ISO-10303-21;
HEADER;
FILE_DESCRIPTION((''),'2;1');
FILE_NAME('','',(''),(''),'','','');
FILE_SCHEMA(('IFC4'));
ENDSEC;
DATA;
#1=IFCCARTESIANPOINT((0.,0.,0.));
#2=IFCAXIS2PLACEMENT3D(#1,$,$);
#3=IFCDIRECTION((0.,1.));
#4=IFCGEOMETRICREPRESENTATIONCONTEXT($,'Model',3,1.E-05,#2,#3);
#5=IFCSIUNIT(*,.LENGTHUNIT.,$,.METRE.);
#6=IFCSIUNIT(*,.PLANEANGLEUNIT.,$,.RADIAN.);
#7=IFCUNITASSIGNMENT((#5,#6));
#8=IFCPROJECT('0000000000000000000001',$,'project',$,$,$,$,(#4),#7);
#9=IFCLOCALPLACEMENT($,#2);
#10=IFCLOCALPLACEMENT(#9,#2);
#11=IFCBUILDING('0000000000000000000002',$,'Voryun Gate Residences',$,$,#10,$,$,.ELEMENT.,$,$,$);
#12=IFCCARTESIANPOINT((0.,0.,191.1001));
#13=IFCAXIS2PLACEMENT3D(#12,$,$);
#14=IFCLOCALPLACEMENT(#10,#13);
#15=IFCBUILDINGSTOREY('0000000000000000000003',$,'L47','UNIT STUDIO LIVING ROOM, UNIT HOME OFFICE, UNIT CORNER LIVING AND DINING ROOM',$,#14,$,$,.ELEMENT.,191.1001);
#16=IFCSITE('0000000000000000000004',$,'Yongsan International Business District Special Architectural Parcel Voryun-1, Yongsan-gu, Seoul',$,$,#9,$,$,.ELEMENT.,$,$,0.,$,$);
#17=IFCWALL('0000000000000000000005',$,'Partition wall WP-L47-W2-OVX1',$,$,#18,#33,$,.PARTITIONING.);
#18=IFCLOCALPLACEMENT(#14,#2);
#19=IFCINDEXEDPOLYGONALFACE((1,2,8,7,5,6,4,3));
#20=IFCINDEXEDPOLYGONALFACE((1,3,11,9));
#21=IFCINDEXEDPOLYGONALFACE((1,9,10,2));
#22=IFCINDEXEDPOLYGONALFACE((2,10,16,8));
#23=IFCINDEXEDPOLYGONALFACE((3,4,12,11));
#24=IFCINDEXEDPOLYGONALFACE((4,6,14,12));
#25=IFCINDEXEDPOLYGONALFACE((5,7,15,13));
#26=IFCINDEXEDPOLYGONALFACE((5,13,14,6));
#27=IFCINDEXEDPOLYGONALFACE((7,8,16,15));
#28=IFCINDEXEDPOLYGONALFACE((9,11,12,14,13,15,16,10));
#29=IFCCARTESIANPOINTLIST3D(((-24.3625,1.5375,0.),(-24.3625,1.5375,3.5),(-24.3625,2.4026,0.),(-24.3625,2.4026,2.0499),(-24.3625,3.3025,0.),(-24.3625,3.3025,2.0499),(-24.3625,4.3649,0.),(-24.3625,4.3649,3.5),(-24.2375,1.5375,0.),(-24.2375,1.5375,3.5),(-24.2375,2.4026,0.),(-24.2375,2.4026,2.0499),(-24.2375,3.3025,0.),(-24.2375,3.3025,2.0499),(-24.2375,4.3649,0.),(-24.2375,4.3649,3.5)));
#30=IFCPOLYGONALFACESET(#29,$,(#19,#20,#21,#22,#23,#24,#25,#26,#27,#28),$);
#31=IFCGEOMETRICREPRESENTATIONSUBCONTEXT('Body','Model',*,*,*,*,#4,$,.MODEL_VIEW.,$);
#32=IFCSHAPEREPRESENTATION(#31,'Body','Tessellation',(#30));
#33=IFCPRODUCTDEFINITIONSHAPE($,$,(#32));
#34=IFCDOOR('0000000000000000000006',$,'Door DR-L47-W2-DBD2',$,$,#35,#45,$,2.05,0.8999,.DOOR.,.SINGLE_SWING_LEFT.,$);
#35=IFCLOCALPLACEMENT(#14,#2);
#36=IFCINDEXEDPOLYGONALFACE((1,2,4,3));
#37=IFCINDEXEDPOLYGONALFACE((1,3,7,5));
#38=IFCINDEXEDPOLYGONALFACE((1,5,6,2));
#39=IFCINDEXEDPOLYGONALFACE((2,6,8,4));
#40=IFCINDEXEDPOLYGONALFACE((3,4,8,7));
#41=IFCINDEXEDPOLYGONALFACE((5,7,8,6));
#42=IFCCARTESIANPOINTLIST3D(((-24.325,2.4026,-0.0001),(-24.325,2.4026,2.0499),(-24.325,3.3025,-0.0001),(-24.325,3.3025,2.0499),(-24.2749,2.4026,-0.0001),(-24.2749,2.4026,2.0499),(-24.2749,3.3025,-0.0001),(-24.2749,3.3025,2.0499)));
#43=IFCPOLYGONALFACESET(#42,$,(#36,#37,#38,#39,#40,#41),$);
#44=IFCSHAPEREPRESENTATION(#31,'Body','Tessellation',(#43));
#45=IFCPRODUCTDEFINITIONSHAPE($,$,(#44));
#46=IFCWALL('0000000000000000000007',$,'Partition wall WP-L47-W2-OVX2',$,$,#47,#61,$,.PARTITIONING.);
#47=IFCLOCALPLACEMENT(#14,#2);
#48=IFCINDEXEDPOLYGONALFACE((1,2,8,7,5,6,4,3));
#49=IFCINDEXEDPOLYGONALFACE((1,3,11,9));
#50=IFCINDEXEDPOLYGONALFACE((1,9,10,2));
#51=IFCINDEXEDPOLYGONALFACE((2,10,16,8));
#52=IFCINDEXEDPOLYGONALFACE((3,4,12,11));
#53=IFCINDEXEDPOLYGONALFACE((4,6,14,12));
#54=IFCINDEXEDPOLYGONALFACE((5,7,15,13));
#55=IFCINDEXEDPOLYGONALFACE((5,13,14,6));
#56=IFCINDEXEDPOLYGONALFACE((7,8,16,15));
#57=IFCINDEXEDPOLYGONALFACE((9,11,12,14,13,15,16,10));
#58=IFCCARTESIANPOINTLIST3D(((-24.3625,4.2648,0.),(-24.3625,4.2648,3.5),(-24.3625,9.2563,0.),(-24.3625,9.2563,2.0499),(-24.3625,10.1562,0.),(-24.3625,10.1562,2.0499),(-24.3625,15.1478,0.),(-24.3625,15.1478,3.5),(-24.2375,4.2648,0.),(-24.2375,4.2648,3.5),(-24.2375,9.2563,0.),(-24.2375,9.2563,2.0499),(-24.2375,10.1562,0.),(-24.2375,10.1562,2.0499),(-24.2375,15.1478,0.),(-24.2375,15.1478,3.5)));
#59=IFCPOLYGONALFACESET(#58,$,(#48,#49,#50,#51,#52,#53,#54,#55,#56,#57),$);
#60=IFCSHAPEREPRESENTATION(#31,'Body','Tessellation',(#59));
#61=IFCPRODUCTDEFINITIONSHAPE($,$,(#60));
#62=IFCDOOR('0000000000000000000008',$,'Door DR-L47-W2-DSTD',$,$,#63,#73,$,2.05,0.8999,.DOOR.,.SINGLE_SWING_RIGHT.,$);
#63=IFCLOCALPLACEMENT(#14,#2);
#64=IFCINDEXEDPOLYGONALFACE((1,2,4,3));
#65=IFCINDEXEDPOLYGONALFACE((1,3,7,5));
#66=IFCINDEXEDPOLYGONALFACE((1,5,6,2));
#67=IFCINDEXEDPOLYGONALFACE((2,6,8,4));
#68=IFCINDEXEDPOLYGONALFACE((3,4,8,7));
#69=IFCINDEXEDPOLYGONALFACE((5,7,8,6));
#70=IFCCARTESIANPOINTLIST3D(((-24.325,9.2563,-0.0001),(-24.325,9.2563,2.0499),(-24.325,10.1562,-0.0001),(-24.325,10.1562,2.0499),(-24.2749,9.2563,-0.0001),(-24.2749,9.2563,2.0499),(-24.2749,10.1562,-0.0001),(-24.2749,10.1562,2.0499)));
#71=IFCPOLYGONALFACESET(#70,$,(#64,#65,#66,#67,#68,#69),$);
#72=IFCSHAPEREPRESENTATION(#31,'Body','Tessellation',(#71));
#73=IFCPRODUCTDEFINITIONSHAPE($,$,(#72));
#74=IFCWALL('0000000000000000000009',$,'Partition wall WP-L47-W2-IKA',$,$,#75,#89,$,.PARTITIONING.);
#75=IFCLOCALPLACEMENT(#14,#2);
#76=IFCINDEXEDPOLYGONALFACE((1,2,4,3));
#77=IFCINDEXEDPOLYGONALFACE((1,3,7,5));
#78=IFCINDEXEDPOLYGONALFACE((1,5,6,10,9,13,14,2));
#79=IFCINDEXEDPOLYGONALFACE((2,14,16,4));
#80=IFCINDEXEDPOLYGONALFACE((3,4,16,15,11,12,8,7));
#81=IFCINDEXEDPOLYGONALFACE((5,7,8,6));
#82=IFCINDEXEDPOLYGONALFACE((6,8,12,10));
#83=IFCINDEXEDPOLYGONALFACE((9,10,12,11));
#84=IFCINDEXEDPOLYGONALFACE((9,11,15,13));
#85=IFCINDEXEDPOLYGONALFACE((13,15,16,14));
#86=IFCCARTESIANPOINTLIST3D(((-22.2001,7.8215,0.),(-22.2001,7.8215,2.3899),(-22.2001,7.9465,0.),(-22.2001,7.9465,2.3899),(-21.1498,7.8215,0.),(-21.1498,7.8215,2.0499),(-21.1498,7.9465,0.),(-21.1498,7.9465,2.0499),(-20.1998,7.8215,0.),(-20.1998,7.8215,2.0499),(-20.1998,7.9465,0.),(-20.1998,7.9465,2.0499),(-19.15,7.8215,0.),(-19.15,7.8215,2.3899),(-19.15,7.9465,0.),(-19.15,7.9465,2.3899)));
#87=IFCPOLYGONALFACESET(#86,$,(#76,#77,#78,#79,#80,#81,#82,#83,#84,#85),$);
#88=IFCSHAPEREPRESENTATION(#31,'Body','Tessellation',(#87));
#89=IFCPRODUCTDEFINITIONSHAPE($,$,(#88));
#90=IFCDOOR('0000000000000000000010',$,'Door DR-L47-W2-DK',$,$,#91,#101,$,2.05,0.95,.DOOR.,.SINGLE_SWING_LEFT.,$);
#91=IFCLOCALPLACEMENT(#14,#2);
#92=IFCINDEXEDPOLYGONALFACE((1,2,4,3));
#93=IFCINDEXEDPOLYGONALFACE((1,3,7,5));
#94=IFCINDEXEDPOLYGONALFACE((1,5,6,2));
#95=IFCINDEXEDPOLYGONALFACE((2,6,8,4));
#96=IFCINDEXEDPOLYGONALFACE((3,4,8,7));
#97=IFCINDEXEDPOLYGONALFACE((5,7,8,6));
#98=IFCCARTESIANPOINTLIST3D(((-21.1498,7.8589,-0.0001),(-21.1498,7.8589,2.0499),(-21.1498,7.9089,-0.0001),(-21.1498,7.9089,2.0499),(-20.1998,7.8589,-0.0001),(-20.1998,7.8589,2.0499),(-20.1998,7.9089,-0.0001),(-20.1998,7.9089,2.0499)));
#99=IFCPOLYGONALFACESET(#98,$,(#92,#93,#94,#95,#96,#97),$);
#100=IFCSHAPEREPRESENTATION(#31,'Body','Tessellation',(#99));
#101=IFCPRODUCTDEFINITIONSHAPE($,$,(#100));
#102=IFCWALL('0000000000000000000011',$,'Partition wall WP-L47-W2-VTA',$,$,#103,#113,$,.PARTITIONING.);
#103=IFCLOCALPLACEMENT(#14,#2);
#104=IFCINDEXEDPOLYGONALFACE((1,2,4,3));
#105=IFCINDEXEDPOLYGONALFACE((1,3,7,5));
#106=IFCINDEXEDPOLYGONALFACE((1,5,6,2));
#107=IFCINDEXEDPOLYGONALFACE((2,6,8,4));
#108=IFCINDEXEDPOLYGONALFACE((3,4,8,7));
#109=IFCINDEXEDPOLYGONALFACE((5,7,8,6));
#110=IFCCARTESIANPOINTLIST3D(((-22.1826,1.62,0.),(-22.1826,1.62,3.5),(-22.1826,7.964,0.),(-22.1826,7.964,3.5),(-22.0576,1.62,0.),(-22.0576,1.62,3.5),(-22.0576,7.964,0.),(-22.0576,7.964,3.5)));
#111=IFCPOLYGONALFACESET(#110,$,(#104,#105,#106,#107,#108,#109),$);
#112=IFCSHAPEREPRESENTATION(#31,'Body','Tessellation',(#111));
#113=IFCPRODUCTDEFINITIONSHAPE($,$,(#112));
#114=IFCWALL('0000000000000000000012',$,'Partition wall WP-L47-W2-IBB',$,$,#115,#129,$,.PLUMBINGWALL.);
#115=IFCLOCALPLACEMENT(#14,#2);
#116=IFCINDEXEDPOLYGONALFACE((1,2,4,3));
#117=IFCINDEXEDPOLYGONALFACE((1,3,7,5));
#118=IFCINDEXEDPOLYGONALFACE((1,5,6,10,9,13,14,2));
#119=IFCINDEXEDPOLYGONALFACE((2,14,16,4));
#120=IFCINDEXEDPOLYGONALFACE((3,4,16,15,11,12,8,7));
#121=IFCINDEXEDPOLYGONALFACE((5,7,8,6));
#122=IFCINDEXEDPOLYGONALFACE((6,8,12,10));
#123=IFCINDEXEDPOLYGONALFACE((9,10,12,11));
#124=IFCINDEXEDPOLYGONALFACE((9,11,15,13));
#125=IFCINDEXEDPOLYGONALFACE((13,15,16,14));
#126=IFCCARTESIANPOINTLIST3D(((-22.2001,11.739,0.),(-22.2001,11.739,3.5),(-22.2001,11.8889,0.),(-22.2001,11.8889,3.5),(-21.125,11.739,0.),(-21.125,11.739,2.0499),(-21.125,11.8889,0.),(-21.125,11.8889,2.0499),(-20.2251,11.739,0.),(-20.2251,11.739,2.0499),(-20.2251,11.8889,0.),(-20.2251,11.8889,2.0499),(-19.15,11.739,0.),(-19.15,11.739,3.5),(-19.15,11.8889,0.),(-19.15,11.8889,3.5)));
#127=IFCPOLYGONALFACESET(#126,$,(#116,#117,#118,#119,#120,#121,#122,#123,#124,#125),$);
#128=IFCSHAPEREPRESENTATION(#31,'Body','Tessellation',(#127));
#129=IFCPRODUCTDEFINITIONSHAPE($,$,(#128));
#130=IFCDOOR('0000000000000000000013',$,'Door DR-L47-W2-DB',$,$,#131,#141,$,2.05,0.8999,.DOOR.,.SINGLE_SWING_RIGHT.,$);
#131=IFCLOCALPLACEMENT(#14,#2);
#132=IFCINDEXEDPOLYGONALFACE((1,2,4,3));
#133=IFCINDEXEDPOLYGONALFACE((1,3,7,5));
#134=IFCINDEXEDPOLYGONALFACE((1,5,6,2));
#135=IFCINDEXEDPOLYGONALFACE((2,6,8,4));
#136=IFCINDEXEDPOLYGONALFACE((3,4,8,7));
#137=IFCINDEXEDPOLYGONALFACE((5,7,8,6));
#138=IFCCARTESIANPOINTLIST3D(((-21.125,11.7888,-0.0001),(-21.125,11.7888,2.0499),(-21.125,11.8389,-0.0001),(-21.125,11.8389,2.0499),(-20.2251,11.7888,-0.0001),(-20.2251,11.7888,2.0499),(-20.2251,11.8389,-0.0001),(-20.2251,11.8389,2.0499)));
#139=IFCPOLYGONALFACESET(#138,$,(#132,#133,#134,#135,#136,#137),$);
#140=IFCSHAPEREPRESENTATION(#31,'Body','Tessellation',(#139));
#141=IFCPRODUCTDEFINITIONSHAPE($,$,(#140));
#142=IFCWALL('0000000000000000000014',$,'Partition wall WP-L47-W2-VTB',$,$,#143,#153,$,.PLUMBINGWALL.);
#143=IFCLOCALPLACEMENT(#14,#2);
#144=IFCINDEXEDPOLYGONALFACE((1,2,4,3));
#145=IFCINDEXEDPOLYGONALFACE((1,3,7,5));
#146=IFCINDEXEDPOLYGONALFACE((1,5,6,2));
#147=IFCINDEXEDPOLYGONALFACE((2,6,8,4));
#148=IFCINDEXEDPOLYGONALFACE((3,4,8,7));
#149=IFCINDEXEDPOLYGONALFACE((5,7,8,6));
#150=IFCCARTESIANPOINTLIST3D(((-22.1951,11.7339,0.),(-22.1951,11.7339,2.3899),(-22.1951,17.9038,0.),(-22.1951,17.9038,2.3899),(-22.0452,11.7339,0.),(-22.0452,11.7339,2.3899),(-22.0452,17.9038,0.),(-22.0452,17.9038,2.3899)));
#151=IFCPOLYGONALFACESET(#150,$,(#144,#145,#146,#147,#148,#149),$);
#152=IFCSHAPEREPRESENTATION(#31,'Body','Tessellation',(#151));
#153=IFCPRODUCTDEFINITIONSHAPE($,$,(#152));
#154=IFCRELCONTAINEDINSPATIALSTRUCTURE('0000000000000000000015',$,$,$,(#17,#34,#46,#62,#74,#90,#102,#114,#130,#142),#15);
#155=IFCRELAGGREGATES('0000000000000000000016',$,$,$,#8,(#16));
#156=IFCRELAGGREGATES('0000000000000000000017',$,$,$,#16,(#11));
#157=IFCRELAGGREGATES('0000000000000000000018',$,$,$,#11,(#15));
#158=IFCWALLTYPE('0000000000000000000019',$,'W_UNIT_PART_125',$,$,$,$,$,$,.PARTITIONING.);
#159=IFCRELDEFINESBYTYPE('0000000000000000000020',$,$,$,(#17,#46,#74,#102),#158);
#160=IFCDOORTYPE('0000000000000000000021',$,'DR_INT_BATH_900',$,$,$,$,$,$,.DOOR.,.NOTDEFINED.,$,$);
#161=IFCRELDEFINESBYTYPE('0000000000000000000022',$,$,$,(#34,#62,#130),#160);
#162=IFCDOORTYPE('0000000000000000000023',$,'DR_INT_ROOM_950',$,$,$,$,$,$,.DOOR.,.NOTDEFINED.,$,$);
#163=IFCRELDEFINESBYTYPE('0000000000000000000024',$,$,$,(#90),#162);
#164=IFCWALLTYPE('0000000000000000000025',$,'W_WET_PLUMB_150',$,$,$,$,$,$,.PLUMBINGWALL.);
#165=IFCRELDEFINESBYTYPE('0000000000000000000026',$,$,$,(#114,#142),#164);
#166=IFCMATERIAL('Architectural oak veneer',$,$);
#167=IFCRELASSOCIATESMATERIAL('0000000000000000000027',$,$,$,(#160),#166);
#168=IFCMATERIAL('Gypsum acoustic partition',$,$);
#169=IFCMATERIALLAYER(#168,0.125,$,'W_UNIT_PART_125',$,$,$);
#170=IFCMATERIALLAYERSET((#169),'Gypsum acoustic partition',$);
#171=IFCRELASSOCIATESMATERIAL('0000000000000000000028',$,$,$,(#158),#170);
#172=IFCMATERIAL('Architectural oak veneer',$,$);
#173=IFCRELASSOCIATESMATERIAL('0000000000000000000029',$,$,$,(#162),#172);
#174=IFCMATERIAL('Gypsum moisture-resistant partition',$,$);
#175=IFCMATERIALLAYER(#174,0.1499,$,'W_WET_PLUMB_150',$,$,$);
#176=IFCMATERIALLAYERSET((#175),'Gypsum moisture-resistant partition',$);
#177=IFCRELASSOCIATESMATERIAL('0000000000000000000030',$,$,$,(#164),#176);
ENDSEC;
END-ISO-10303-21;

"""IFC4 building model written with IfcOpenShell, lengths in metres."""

from ifc_helpers import new_model, si_unit, direction, frame, frame_2d, origin, place, context, subcontext, project, spatial, rectangle, extrude, material, layer, layer_set, type_object, element, fill, save


model = new_model("IFC4")

# Units and contexts
model_context = context("Model", 3, precision=1e-05, world=origin(), true_north=direction((0.0, 1.0)))
body_context = subcontext(model_context, "Body", "Model", "MODEL_VIEW")
ifc_project = project(units=[si_unit("LENGTHUNIT", "METRE"), si_unit("PLANEANGLEUNIT", "RADIAN")], contexts=[model_context])

# Site, building, storey
site_placement = place(None, origin())
site = spatial("IfcSite", under=ifc_project, at=site_placement, Name="Yongsan International Business District Special Architectural Parcel Voryun-1, Yongsan-gu, Seoul", CompositionType="ELEMENT", RefElevation=0.0)
building_placement = place(site_placement, origin())
building = spatial("IfcBuilding", under=site, at=building_placement, Name="Voryun Gate Residences", CompositionType="ELEMENT")
storey_placement = place(building_placement, frame((0.0, 0.0, 191.1001)))
storey = spatial("IfcBuildingStorey", under=building, at=storey_placement, Name="L47", Description="UNIT STUDIO LIVING ROOM, UNIT HOME OFFICE, UNIT CORNER LIVING AND DINING ROOM", CompositionType="ELEMENT", Elevation=191.1001)

# Shared definitions
ifc_material_1 = material(Name="Architectural oak veneer")
door_type_1 = type_object("IfcDoorType", Name="DR_INT_BATH_900", OperationType="NOTDEFINED", PredefinedType="DOOR", material=ifc_material_1)

# Shared definitions
ifc_material_2 = material(Name="Gypsum acoustic partition")
ifc_layer_1 = layer(ifc_material_2, 0.125, Name="W_UNIT_PART_125")
ifc_layer_set_1 = layer_set([ifc_layer_1], Name="Gypsum acoustic partition")
wall_type_1 = type_object("IfcWallType", Name="W_UNIT_PART_125", PredefinedType="PARTITIONING", material=ifc_layer_set_1)

# Walls, openings, doors
wall_1_placement = place(storey_placement, frame((-24.3, 1.5376, 0.0), z_axis=(0.0, 0.0, 1.0), x_axis=(0.0, 1.0, 0.0)))
wall_1 = element("IfcWall", 1, at=wall_1_placement, inside=storey, type_object=wall_type_1, Name="Partition wall WP-L47-W2-OVX1", PredefinedType="PARTITIONING", context=body_context, shape_type="SweptSolid", body=[
    extrude(rectangle(XDim=2.8274, YDim=0.125, at=frame_2d((1.4136, 0.0))), origin(), (0.0, 0.0, 1.0), 3.5),
])
opening_1_placement = place(wall_1_placement, frame((0.865, 0.0, 0.0)))
opening_1 = element("IfcOpeningElement", 2, at=opening_1_placement, cuts=wall_1, PredefinedType="OPENING", context=body_context, shape_type="SweptSolid", body=[
    extrude(rectangle(XDim=0.8999, YDim=2.05, at=frame_2d((0.45, 1.0249))), frame((0.0, 0.0725, 0.0), z_axis=(0.0, -1.0, 0.0), x_axis=(1.0, 0.0, 0.0)), (0.0, 0.0, 1.0), 0.145),
])
door_1_placement = place(opening_1_placement, origin())
door_1 = element("IfcDoor", 3, at=door_1_placement, inside=storey, type_object=door_type_1, Name="Door DR-L47-W2-DBD2", OperationType="SINGLE_SWING_LEFT", OverallHeight=2.05, OverallWidth=0.8999, PredefinedType="DOOR", context=body_context, shape_type="SweptSolid", body=[
    extrude(rectangle(XDim=0.8999, YDim=2.05, at=frame_2d((0.45, 1.0249))), frame((0.0, 0.0249, 0.0), z_axis=(0.0, -1.0, 0.0), x_axis=(1.0, 0.0, 0.0)), (0.0, 0.0, 1.0), 0.05),
])
fill(opening_1, door_1)
wall_2_placement = place(storey_placement, frame((-24.3, 4.2649, 0.0), z_axis=(0.0, 0.0, 1.0), x_axis=(0.0, 1.0, 0.0)))
wall_2 = element("IfcWall", 4, at=wall_2_placement, inside=storey, type_object=wall_type_1, Name="Partition wall WP-L47-W2-OVX2", PredefinedType="PARTITIONING", context=body_context, shape_type="SweptSolid", body=[
    extrude(rectangle(XDim=10.8831, YDim=0.125, at=frame_2d((5.4414, 0.0))), origin(), (0.0, 0.0, 1.0), 3.5),
])
opening_2_placement = place(wall_2_placement, frame((4.9915, 0.0, 0.0)))
opening_2 = element("IfcOpeningElement", 5, at=opening_2_placement, cuts=wall_2, PredefinedType="OPENING", context=body_context, shape_type="SweptSolid", body=[
    extrude(rectangle(XDim=0.8999, YDim=2.05, at=frame_2d((0.45, 1.0249))), frame((0.0, 0.0725, 0.0), z_axis=(0.0, -1.0, 0.0), x_axis=(1.0, 0.0, 0.0)), (0.0, 0.0, 1.0), 0.145),
])
door_2_placement = place(opening_2_placement, origin())
door_2 = element("IfcDoor", 6, at=door_2_placement, inside=storey, type_object=door_type_1, Name="Door DR-L47-W2-DSTD", OperationType="SINGLE_SWING_RIGHT", OverallHeight=2.05, OverallWidth=0.8999, PredefinedType="DOOR", context=body_context, shape_type="SweptSolid", body=[
    extrude(rectangle(XDim=0.8999, YDim=2.05, at=frame_2d((0.45, 1.0249))), frame((0.0, 0.0249, 0.0), z_axis=(0.0, -1.0, 0.0), x_axis=(1.0, 0.0, 0.0)), (0.0, 0.0, 1.0), 0.05),
])
fill(opening_2, door_2)
wall_3_placement = place(storey_placement, frame((-22.2, 7.884, 0.0), z_axis=(0.0, 0.0, 1.0), x_axis=(1.0, 0.0, 0.0)))
wall_3 = element("IfcWall", 7, at=wall_3_placement, inside=storey, type_object=wall_type_1, Name="Partition wall WP-L47-W2-IKA", PredefinedType="PARTITIONING", context=body_context, shape_type="SweptSolid", body=[
    extrude(rectangle(XDim=3.05, YDim=0.125, at=frame_2d((1.5249, 0.0))), origin(), (0.0, 0.0, 1.0), 2.3899),
])
opening_3_placement = place(wall_3_placement, frame((1.05, 0.0, 0.0)))
opening_3 = element("IfcOpeningElement", 8, at=opening_3_placement, cuts=wall_3, PredefinedType="OPENING", context=body_context, shape_type="SweptSolid", body=[
    extrude(rectangle(XDim=0.95, YDim=2.05, at=frame_2d((0.4751, 1.0249))), frame((0.0, 0.0725, 0.0), z_axis=(0.0, -1.0, 0.0), x_axis=(1.0, 0.0, 0.0)), (0.0, 0.0, 1.0), 0.145),
])
ifc_material_3 = material(Name="Architectural oak veneer")
door_type_2 = type_object("IfcDoorType", Name="DR_INT_ROOM_950", OperationType="NOTDEFINED", PredefinedType="DOOR", material=ifc_material_3)
door_3_placement = place(opening_3_placement, origin())
door_3 = element("IfcDoor", 9, at=door_3_placement, inside=storey, type_object=door_type_2, Name="Door DR-L47-W2-DK", OperationType="SINGLE_SWING_LEFT", OverallHeight=2.05, OverallWidth=0.95, PredefinedType="DOOR", context=body_context, shape_type="SweptSolid", body=[
    extrude(rectangle(XDim=0.95, YDim=2.05, at=frame_2d((0.4751, 1.0249))), frame((0.0, 0.0249, 0.0), z_axis=(0.0, -1.0, 0.0), x_axis=(1.0, 0.0, 0.0)), (0.0, 0.0, 1.0), 0.05),
])
fill(opening_3, door_3)

# Wall
wall_4_placement = place(storey_placement, frame((-22.1201, 1.6201, 0.0), z_axis=(0.0, 0.0, 1.0), x_axis=(0.0, 1.0, 0.0)))
element("IfcWall", 10, at=wall_4_placement, inside=storey, type_object=wall_type_1, Name="Partition wall WP-L47-W2-VTA", PredefinedType="PARTITIONING", context=body_context, shape_type="SweptSolid", body=[
    extrude(rectangle(XDim=6.344, YDim=0.125, at=frame_2d((3.1719, 0.0))), origin(), (0.0, 0.0, 1.0), 3.5),
])

# Wall, opening, door
ifc_material_4 = material(Name="Gypsum moisture-resistant partition")
ifc_layer_2 = layer(ifc_material_4, 0.1499, Name="W_WET_PLUMB_150")
ifc_layer_set_2 = layer_set([ifc_layer_2], Name="Gypsum moisture-resistant partition")
wall_type_2 = type_object("IfcWallType", Name="W_WET_PLUMB_150", PredefinedType="PLUMBINGWALL", material=ifc_layer_set_2)
wall_5_placement = place(storey_placement, frame((-22.2, 11.814, 0.0), z_axis=(0.0, 0.0, 1.0), x_axis=(1.0, 0.0, 0.0)))
wall_5 = element("IfcWall", 11, at=wall_5_placement, inside=storey, type_object=wall_type_2, Name="Partition wall WP-L47-W2-IBB", PredefinedType="PLUMBINGWALL", context=body_context, shape_type="SweptSolid", body=[
    extrude(rectangle(XDim=3.05, YDim=0.1499, at=frame_2d((1.5249, 0.0))), origin(), (0.0, 0.0, 1.0), 3.5),
])
opening_4_placement = place(wall_5_placement, frame((1.075, 0.0, 0.0)))
opening_4 = element("IfcOpeningElement", 12, at=opening_4_placement, cuts=wall_5, PredefinedType="OPENING", context=body_context, shape_type="SweptSolid", body=[
    extrude(rectangle(XDim=0.8999, YDim=2.05, at=frame_2d((0.45, 1.0249))), frame((0.0, 0.085, 0.0), z_axis=(0.0, -1.0, 0.0), x_axis=(1.0, 0.0, 0.0)), (0.0, 0.0, 1.0), 0.1699),
])
door_4_placement = place(opening_4_placement, origin())
door_4 = element("IfcDoor", 13, at=door_4_placement, inside=storey, type_object=door_type_1, Name="Door DR-L47-W2-DB", OperationType="SINGLE_SWING_RIGHT", OverallHeight=2.05, OverallWidth=0.8999, PredefinedType="DOOR", context=body_context, shape_type="SweptSolid", body=[
    extrude(rectangle(XDim=0.8999, YDim=2.05, at=frame_2d((0.45, 1.0249))), frame((0.0, 0.0249, 0.0), z_axis=(0.0, -1.0, 0.0), x_axis=(1.0, 0.0, 0.0)), (0.0, 0.0, 1.0), 0.05),
])
fill(opening_4, door_4)

# Wall
wall_6_placement = place(storey_placement, frame((-22.1201, 11.7339, 0.0), z_axis=(0.0, 0.0, 1.0), x_axis=(0.0, 1.0, 0.0)))
element("IfcWall", 14, at=wall_6_placement, inside=storey, type_object=wall_type_2, Name="Partition wall WP-L47-W2-VTB", PredefinedType="PLUMBINGWALL", context=body_context, shape_type="SweptSolid", body=[
    extrude(rectangle(XDim=6.1699, YDim=0.1499, at=frame_2d((3.085, 0.0))), origin(), (0.0, 0.0, 1.0), 2.3899),
])

save(model, "model.ifc")
